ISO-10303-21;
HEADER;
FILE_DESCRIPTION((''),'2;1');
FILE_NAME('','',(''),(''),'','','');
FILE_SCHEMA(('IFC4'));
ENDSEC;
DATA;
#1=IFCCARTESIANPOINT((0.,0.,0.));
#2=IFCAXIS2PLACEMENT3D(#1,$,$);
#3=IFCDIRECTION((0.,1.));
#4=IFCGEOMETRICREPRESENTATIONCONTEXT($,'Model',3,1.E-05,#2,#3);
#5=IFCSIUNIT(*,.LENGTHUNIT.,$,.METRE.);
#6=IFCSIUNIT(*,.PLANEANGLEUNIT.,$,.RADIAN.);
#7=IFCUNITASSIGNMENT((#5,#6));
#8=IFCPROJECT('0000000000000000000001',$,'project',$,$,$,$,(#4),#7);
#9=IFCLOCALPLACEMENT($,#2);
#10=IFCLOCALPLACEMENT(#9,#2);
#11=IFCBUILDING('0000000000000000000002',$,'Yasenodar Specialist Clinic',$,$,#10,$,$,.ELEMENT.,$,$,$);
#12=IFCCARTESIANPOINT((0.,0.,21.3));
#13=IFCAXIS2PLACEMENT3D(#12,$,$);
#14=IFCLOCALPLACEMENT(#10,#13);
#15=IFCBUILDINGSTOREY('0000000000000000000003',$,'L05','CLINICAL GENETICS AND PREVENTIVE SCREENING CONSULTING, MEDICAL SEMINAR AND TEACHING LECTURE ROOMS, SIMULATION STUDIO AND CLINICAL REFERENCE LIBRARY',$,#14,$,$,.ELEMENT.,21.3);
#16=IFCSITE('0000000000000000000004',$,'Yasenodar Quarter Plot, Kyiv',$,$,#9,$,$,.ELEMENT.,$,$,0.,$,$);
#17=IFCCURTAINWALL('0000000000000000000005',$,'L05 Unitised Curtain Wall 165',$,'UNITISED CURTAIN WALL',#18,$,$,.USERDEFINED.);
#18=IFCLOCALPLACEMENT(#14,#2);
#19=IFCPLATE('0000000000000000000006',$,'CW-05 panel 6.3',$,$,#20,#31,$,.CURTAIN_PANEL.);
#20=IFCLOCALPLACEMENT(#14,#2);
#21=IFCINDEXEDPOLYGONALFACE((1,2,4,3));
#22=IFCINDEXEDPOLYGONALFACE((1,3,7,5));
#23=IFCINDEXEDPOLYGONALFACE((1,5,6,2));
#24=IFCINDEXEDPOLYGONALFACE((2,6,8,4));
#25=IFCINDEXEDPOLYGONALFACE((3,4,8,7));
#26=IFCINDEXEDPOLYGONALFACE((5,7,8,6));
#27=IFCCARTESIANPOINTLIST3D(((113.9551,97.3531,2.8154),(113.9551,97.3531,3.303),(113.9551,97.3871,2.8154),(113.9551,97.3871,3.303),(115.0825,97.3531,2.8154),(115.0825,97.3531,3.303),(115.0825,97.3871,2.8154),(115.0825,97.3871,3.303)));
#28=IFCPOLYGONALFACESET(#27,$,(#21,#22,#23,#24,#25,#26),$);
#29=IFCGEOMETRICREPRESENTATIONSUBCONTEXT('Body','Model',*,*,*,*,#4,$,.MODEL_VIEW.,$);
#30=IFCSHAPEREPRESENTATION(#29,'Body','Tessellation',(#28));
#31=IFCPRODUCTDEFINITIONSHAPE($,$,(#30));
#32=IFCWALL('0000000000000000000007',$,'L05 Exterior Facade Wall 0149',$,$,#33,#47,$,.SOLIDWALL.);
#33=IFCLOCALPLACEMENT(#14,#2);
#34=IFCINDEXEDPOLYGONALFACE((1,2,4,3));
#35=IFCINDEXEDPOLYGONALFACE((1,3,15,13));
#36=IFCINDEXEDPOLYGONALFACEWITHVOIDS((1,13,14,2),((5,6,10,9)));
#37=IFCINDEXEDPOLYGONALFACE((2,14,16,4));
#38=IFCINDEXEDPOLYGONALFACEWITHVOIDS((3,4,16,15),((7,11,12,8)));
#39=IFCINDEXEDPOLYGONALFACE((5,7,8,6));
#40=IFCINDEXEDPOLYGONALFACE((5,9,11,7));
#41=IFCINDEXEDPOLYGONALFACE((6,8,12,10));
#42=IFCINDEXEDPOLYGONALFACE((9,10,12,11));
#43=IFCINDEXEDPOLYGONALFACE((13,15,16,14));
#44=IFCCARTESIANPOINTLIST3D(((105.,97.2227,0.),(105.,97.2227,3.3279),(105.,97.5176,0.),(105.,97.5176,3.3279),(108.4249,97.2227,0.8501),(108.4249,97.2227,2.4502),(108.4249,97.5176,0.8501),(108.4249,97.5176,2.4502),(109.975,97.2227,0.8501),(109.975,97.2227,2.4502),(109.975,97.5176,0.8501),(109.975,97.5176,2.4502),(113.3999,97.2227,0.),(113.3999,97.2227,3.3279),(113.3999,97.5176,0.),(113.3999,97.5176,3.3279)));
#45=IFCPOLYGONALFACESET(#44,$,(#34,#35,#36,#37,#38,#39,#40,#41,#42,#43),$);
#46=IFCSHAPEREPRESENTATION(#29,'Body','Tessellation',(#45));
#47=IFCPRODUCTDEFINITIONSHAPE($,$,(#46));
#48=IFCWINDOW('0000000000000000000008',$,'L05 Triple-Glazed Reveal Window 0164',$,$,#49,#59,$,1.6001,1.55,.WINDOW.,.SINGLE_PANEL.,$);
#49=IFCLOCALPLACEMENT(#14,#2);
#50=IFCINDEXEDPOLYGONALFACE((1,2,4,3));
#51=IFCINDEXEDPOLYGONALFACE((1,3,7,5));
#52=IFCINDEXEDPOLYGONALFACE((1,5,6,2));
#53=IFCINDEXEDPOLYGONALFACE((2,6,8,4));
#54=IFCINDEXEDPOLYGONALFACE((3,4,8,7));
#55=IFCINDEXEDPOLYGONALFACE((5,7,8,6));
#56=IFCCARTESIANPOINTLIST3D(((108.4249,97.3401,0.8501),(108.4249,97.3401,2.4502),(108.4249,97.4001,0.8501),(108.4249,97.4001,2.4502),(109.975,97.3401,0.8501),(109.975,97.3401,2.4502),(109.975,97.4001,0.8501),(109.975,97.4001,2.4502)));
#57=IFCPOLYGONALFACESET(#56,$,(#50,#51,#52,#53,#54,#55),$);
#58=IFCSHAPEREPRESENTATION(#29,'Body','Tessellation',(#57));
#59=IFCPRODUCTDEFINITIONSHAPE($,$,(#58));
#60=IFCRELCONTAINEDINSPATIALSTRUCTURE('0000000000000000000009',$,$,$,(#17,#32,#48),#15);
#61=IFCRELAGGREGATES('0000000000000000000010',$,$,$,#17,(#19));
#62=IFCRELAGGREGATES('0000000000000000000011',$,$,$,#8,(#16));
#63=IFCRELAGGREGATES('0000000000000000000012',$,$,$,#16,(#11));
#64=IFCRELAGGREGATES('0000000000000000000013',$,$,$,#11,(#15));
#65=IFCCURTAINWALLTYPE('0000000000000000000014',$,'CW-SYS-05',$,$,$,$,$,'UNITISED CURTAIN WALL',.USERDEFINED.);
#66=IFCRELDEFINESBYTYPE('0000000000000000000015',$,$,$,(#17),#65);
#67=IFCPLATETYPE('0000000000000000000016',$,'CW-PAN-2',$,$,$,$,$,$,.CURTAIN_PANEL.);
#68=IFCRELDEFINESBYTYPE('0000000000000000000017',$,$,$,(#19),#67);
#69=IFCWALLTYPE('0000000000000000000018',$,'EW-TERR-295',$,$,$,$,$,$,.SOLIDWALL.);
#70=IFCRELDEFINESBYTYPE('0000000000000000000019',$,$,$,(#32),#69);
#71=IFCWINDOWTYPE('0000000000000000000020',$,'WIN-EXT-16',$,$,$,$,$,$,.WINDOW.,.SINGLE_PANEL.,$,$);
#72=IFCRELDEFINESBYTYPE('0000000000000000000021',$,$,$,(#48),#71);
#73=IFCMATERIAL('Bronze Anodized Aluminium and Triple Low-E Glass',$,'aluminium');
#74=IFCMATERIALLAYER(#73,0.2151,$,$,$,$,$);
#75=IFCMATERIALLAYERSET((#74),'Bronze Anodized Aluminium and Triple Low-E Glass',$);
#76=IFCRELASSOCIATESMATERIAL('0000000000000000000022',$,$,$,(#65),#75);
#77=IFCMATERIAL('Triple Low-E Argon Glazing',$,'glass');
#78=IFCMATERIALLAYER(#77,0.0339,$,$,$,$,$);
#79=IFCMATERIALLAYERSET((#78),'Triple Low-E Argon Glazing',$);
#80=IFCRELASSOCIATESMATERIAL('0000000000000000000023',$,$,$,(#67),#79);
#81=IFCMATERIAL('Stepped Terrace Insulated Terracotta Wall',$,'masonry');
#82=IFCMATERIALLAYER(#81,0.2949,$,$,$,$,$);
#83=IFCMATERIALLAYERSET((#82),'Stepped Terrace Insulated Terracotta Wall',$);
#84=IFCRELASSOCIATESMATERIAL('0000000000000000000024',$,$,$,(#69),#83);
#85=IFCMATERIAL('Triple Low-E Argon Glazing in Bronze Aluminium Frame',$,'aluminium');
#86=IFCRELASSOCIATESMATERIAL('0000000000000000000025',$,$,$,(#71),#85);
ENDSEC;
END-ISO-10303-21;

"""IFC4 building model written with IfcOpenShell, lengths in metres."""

from ifc_helpers import new_model, si_unit, direction, frame, frame_2d, origin, origin_2d, place, context, subcontext, project, spatial, rectangle, extrude, material, layer, layer_set, type_object, element, fill, aggregate, save


model = new_model("IFC4")

# Units and contexts
model_context = context("Model", 3, precision=1e-05, world=origin(), true_north=direction((0.0, 1.0)))
body_context = subcontext(model_context, "Body", "Model", "MODEL_VIEW")
ifc_project = project(units=[si_unit("LENGTHUNIT", "METRE"), si_unit("PLANEANGLEUNIT", "RADIAN")], contexts=[model_context])

# Site, building, storey
site_placement = place(None, origin())
site = spatial("IfcSite", under=ifc_project, at=site_placement, Name="Yasenodar Quarter Plot, Kyiv", CompositionType="ELEMENT", RefElevation=0.0)
building_placement = place(site_placement, origin())
building = spatial("IfcBuilding", under=site, at=building_placement, Name="Yasenodar Specialist Clinic", CompositionType="ELEMENT")
storey_placement = place(building_placement, frame((0.0, 0.0, 21.3)))
storey = spatial("IfcBuildingStorey", under=building, at=storey_placement, Name="L05", Description="CLINICAL GENETICS AND PREVENTIVE SCREENING CONSULTING, MEDICAL SEMINAR AND TEACHING LECTURE ROOMS, SIMULATION STUDIO AND CLINICAL REFERENCE LIBRARY", CompositionType="ELEMENT", Elevation=21.3)

# Shared definitions
ifc_material_1 = material(Name="Bronze Anodized Aluminium and Triple Low-E Glass", Category="aluminium")
ifc_layer_1 = layer(ifc_material_1, 0.2151)
ifc_layer_set_1 = layer_set([ifc_layer_1], Name="Bronze Anodized Aluminium and Triple Low-E Glass")
curtain_wall_type = type_object("IfcCurtainWallType", Name="CW-SYS-05", ElementType="UNITISED CURTAIN WALL", PredefinedType="USERDEFINED", material=ifc_layer_set_1)

# Curtain wall
curtain_wall_1_placement = place(storey_placement, origin())
curtain_wall_1 = element("IfcCurtainWall", 1, at=curtain_wall_1_placement, inside=storey, type_object=curtain_wall_type, Name="L05 Unitised Curtain Wall 165", ObjectType="UNITISED CURTAIN WALL", PredefinedType="USERDEFINED")

# Plate
ifc_material_2 = material(Name="Triple Low-E Argon Glazing", Category="glass")
ifc_layer_2 = layer(ifc_material_2, 0.0339)
ifc_layer_set_2 = layer_set([ifc_layer_2], Name="Triple Low-E Argon Glazing")
plate_type = type_object("IfcPlateType", Name="CW-PAN-2", PredefinedType="CURTAIN_PANEL", material=ifc_layer_set_2)
plate_1_placement = place(storey_placement, frame((114.5188, 97.3701, 2.8154), z_axis=(0.0, 0.0, 1.0), x_axis=(-1.0, 0.0, 0.0)))
plate_1 = element("IfcPlate", 2, at=plate_1_placement, type_object=plate_type, Name="CW-05 panel 6.3", PredefinedType="CURTAIN_PANEL", context=body_context, shape_type="SweptSolid", body=[
    extrude(rectangle(XDim=1.1274, YDim=0.0339, at=origin_2d()), origin(), (0.0, 0.0, 1.0), 0.4875),
])
aggregate(curtain_wall_1, [plate_1])

# Wall, opening, window
ifc_material_3 = material(Name="Stepped Terrace Insulated Terracotta Wall", Category="masonry")
ifc_layer_3 = layer(ifc_material_3, 0.2949)
ifc_layer_set_3 = layer_set([ifc_layer_3], Name="Stepped Terrace Insulated Terracotta Wall")
wall_type = type_object("IfcWallType", Name="EW-TERR-295", PredefinedType="SOLIDWALL", material=ifc_layer_set_3)
wall_placement = place(storey_placement, frame((113.3999, 97.3701, 0.0), z_axis=(0.0, 0.0, 1.0), x_axis=(-1.0, 0.0, 0.0)))
wall = element("IfcWall", 3, at=wall_placement, inside=storey, type_object=wall_type, Name="L05 Exterior Facade Wall 0149", PredefinedType="SOLIDWALL", context=body_context, shape_type="SweptSolid", body=[
    extrude(rectangle(XDim=8.3999, YDim=0.2949, at=frame_2d((4.2, 0.0))), origin(), (0.0, 0.0, 1.0), 3.3279),
])
opening_placement = place(wall_placement, frame((3.425, 0.0, 0.8501)))
opening = element("IfcOpeningElement", 4, at=opening_placement, cuts=wall, PredefinedType="OPENING", context=body_context, shape_type="SweptSolid", body=[
    extrude(rectangle(XDim=1.55, YDim=1.6001, at=frame_2d((0.7749, 0.8))), frame((0.0, 0.1575, 0.0), z_axis=(0.0, -1.0, 0.0), x_axis=(1.0, 0.0, 0.0)), (0.0, 0.0, 1.0), 0.3149),
])
ifc_material_4 = material(Name="Triple Low-E Argon Glazing in Bronze Aluminium Frame", Category="aluminium")
window_type = type_object("IfcWindowType", Name="WIN-EXT-16", PartitioningType="SINGLE_PANEL", PredefinedType="WINDOW", material=ifc_material_4)
window_placement = place(opening_placement, origin())
window = element("IfcWindow", 5, at=window_placement, inside=storey, type_object=window_type, Name="L05 Triple-Glazed Reveal Window 0164", OverallHeight=1.6001, OverallWidth=1.55, PartitioningType="SINGLE_PANEL", PredefinedType="WINDOW", context=body_context, shape_type="SweptSolid", body=[
    extrude(rectangle(XDim=1.55, YDim=1.6001, at=frame_2d((0.7749, 0.8))), frame((0.0, 0.03, 0.0), z_axis=(0.0, -1.0, 0.0), x_axis=(1.0, 0.0, 0.0)), (0.0, 0.0, 1.0), 0.0601),
])
fill(opening, window)

save(model, "model.ifc")
